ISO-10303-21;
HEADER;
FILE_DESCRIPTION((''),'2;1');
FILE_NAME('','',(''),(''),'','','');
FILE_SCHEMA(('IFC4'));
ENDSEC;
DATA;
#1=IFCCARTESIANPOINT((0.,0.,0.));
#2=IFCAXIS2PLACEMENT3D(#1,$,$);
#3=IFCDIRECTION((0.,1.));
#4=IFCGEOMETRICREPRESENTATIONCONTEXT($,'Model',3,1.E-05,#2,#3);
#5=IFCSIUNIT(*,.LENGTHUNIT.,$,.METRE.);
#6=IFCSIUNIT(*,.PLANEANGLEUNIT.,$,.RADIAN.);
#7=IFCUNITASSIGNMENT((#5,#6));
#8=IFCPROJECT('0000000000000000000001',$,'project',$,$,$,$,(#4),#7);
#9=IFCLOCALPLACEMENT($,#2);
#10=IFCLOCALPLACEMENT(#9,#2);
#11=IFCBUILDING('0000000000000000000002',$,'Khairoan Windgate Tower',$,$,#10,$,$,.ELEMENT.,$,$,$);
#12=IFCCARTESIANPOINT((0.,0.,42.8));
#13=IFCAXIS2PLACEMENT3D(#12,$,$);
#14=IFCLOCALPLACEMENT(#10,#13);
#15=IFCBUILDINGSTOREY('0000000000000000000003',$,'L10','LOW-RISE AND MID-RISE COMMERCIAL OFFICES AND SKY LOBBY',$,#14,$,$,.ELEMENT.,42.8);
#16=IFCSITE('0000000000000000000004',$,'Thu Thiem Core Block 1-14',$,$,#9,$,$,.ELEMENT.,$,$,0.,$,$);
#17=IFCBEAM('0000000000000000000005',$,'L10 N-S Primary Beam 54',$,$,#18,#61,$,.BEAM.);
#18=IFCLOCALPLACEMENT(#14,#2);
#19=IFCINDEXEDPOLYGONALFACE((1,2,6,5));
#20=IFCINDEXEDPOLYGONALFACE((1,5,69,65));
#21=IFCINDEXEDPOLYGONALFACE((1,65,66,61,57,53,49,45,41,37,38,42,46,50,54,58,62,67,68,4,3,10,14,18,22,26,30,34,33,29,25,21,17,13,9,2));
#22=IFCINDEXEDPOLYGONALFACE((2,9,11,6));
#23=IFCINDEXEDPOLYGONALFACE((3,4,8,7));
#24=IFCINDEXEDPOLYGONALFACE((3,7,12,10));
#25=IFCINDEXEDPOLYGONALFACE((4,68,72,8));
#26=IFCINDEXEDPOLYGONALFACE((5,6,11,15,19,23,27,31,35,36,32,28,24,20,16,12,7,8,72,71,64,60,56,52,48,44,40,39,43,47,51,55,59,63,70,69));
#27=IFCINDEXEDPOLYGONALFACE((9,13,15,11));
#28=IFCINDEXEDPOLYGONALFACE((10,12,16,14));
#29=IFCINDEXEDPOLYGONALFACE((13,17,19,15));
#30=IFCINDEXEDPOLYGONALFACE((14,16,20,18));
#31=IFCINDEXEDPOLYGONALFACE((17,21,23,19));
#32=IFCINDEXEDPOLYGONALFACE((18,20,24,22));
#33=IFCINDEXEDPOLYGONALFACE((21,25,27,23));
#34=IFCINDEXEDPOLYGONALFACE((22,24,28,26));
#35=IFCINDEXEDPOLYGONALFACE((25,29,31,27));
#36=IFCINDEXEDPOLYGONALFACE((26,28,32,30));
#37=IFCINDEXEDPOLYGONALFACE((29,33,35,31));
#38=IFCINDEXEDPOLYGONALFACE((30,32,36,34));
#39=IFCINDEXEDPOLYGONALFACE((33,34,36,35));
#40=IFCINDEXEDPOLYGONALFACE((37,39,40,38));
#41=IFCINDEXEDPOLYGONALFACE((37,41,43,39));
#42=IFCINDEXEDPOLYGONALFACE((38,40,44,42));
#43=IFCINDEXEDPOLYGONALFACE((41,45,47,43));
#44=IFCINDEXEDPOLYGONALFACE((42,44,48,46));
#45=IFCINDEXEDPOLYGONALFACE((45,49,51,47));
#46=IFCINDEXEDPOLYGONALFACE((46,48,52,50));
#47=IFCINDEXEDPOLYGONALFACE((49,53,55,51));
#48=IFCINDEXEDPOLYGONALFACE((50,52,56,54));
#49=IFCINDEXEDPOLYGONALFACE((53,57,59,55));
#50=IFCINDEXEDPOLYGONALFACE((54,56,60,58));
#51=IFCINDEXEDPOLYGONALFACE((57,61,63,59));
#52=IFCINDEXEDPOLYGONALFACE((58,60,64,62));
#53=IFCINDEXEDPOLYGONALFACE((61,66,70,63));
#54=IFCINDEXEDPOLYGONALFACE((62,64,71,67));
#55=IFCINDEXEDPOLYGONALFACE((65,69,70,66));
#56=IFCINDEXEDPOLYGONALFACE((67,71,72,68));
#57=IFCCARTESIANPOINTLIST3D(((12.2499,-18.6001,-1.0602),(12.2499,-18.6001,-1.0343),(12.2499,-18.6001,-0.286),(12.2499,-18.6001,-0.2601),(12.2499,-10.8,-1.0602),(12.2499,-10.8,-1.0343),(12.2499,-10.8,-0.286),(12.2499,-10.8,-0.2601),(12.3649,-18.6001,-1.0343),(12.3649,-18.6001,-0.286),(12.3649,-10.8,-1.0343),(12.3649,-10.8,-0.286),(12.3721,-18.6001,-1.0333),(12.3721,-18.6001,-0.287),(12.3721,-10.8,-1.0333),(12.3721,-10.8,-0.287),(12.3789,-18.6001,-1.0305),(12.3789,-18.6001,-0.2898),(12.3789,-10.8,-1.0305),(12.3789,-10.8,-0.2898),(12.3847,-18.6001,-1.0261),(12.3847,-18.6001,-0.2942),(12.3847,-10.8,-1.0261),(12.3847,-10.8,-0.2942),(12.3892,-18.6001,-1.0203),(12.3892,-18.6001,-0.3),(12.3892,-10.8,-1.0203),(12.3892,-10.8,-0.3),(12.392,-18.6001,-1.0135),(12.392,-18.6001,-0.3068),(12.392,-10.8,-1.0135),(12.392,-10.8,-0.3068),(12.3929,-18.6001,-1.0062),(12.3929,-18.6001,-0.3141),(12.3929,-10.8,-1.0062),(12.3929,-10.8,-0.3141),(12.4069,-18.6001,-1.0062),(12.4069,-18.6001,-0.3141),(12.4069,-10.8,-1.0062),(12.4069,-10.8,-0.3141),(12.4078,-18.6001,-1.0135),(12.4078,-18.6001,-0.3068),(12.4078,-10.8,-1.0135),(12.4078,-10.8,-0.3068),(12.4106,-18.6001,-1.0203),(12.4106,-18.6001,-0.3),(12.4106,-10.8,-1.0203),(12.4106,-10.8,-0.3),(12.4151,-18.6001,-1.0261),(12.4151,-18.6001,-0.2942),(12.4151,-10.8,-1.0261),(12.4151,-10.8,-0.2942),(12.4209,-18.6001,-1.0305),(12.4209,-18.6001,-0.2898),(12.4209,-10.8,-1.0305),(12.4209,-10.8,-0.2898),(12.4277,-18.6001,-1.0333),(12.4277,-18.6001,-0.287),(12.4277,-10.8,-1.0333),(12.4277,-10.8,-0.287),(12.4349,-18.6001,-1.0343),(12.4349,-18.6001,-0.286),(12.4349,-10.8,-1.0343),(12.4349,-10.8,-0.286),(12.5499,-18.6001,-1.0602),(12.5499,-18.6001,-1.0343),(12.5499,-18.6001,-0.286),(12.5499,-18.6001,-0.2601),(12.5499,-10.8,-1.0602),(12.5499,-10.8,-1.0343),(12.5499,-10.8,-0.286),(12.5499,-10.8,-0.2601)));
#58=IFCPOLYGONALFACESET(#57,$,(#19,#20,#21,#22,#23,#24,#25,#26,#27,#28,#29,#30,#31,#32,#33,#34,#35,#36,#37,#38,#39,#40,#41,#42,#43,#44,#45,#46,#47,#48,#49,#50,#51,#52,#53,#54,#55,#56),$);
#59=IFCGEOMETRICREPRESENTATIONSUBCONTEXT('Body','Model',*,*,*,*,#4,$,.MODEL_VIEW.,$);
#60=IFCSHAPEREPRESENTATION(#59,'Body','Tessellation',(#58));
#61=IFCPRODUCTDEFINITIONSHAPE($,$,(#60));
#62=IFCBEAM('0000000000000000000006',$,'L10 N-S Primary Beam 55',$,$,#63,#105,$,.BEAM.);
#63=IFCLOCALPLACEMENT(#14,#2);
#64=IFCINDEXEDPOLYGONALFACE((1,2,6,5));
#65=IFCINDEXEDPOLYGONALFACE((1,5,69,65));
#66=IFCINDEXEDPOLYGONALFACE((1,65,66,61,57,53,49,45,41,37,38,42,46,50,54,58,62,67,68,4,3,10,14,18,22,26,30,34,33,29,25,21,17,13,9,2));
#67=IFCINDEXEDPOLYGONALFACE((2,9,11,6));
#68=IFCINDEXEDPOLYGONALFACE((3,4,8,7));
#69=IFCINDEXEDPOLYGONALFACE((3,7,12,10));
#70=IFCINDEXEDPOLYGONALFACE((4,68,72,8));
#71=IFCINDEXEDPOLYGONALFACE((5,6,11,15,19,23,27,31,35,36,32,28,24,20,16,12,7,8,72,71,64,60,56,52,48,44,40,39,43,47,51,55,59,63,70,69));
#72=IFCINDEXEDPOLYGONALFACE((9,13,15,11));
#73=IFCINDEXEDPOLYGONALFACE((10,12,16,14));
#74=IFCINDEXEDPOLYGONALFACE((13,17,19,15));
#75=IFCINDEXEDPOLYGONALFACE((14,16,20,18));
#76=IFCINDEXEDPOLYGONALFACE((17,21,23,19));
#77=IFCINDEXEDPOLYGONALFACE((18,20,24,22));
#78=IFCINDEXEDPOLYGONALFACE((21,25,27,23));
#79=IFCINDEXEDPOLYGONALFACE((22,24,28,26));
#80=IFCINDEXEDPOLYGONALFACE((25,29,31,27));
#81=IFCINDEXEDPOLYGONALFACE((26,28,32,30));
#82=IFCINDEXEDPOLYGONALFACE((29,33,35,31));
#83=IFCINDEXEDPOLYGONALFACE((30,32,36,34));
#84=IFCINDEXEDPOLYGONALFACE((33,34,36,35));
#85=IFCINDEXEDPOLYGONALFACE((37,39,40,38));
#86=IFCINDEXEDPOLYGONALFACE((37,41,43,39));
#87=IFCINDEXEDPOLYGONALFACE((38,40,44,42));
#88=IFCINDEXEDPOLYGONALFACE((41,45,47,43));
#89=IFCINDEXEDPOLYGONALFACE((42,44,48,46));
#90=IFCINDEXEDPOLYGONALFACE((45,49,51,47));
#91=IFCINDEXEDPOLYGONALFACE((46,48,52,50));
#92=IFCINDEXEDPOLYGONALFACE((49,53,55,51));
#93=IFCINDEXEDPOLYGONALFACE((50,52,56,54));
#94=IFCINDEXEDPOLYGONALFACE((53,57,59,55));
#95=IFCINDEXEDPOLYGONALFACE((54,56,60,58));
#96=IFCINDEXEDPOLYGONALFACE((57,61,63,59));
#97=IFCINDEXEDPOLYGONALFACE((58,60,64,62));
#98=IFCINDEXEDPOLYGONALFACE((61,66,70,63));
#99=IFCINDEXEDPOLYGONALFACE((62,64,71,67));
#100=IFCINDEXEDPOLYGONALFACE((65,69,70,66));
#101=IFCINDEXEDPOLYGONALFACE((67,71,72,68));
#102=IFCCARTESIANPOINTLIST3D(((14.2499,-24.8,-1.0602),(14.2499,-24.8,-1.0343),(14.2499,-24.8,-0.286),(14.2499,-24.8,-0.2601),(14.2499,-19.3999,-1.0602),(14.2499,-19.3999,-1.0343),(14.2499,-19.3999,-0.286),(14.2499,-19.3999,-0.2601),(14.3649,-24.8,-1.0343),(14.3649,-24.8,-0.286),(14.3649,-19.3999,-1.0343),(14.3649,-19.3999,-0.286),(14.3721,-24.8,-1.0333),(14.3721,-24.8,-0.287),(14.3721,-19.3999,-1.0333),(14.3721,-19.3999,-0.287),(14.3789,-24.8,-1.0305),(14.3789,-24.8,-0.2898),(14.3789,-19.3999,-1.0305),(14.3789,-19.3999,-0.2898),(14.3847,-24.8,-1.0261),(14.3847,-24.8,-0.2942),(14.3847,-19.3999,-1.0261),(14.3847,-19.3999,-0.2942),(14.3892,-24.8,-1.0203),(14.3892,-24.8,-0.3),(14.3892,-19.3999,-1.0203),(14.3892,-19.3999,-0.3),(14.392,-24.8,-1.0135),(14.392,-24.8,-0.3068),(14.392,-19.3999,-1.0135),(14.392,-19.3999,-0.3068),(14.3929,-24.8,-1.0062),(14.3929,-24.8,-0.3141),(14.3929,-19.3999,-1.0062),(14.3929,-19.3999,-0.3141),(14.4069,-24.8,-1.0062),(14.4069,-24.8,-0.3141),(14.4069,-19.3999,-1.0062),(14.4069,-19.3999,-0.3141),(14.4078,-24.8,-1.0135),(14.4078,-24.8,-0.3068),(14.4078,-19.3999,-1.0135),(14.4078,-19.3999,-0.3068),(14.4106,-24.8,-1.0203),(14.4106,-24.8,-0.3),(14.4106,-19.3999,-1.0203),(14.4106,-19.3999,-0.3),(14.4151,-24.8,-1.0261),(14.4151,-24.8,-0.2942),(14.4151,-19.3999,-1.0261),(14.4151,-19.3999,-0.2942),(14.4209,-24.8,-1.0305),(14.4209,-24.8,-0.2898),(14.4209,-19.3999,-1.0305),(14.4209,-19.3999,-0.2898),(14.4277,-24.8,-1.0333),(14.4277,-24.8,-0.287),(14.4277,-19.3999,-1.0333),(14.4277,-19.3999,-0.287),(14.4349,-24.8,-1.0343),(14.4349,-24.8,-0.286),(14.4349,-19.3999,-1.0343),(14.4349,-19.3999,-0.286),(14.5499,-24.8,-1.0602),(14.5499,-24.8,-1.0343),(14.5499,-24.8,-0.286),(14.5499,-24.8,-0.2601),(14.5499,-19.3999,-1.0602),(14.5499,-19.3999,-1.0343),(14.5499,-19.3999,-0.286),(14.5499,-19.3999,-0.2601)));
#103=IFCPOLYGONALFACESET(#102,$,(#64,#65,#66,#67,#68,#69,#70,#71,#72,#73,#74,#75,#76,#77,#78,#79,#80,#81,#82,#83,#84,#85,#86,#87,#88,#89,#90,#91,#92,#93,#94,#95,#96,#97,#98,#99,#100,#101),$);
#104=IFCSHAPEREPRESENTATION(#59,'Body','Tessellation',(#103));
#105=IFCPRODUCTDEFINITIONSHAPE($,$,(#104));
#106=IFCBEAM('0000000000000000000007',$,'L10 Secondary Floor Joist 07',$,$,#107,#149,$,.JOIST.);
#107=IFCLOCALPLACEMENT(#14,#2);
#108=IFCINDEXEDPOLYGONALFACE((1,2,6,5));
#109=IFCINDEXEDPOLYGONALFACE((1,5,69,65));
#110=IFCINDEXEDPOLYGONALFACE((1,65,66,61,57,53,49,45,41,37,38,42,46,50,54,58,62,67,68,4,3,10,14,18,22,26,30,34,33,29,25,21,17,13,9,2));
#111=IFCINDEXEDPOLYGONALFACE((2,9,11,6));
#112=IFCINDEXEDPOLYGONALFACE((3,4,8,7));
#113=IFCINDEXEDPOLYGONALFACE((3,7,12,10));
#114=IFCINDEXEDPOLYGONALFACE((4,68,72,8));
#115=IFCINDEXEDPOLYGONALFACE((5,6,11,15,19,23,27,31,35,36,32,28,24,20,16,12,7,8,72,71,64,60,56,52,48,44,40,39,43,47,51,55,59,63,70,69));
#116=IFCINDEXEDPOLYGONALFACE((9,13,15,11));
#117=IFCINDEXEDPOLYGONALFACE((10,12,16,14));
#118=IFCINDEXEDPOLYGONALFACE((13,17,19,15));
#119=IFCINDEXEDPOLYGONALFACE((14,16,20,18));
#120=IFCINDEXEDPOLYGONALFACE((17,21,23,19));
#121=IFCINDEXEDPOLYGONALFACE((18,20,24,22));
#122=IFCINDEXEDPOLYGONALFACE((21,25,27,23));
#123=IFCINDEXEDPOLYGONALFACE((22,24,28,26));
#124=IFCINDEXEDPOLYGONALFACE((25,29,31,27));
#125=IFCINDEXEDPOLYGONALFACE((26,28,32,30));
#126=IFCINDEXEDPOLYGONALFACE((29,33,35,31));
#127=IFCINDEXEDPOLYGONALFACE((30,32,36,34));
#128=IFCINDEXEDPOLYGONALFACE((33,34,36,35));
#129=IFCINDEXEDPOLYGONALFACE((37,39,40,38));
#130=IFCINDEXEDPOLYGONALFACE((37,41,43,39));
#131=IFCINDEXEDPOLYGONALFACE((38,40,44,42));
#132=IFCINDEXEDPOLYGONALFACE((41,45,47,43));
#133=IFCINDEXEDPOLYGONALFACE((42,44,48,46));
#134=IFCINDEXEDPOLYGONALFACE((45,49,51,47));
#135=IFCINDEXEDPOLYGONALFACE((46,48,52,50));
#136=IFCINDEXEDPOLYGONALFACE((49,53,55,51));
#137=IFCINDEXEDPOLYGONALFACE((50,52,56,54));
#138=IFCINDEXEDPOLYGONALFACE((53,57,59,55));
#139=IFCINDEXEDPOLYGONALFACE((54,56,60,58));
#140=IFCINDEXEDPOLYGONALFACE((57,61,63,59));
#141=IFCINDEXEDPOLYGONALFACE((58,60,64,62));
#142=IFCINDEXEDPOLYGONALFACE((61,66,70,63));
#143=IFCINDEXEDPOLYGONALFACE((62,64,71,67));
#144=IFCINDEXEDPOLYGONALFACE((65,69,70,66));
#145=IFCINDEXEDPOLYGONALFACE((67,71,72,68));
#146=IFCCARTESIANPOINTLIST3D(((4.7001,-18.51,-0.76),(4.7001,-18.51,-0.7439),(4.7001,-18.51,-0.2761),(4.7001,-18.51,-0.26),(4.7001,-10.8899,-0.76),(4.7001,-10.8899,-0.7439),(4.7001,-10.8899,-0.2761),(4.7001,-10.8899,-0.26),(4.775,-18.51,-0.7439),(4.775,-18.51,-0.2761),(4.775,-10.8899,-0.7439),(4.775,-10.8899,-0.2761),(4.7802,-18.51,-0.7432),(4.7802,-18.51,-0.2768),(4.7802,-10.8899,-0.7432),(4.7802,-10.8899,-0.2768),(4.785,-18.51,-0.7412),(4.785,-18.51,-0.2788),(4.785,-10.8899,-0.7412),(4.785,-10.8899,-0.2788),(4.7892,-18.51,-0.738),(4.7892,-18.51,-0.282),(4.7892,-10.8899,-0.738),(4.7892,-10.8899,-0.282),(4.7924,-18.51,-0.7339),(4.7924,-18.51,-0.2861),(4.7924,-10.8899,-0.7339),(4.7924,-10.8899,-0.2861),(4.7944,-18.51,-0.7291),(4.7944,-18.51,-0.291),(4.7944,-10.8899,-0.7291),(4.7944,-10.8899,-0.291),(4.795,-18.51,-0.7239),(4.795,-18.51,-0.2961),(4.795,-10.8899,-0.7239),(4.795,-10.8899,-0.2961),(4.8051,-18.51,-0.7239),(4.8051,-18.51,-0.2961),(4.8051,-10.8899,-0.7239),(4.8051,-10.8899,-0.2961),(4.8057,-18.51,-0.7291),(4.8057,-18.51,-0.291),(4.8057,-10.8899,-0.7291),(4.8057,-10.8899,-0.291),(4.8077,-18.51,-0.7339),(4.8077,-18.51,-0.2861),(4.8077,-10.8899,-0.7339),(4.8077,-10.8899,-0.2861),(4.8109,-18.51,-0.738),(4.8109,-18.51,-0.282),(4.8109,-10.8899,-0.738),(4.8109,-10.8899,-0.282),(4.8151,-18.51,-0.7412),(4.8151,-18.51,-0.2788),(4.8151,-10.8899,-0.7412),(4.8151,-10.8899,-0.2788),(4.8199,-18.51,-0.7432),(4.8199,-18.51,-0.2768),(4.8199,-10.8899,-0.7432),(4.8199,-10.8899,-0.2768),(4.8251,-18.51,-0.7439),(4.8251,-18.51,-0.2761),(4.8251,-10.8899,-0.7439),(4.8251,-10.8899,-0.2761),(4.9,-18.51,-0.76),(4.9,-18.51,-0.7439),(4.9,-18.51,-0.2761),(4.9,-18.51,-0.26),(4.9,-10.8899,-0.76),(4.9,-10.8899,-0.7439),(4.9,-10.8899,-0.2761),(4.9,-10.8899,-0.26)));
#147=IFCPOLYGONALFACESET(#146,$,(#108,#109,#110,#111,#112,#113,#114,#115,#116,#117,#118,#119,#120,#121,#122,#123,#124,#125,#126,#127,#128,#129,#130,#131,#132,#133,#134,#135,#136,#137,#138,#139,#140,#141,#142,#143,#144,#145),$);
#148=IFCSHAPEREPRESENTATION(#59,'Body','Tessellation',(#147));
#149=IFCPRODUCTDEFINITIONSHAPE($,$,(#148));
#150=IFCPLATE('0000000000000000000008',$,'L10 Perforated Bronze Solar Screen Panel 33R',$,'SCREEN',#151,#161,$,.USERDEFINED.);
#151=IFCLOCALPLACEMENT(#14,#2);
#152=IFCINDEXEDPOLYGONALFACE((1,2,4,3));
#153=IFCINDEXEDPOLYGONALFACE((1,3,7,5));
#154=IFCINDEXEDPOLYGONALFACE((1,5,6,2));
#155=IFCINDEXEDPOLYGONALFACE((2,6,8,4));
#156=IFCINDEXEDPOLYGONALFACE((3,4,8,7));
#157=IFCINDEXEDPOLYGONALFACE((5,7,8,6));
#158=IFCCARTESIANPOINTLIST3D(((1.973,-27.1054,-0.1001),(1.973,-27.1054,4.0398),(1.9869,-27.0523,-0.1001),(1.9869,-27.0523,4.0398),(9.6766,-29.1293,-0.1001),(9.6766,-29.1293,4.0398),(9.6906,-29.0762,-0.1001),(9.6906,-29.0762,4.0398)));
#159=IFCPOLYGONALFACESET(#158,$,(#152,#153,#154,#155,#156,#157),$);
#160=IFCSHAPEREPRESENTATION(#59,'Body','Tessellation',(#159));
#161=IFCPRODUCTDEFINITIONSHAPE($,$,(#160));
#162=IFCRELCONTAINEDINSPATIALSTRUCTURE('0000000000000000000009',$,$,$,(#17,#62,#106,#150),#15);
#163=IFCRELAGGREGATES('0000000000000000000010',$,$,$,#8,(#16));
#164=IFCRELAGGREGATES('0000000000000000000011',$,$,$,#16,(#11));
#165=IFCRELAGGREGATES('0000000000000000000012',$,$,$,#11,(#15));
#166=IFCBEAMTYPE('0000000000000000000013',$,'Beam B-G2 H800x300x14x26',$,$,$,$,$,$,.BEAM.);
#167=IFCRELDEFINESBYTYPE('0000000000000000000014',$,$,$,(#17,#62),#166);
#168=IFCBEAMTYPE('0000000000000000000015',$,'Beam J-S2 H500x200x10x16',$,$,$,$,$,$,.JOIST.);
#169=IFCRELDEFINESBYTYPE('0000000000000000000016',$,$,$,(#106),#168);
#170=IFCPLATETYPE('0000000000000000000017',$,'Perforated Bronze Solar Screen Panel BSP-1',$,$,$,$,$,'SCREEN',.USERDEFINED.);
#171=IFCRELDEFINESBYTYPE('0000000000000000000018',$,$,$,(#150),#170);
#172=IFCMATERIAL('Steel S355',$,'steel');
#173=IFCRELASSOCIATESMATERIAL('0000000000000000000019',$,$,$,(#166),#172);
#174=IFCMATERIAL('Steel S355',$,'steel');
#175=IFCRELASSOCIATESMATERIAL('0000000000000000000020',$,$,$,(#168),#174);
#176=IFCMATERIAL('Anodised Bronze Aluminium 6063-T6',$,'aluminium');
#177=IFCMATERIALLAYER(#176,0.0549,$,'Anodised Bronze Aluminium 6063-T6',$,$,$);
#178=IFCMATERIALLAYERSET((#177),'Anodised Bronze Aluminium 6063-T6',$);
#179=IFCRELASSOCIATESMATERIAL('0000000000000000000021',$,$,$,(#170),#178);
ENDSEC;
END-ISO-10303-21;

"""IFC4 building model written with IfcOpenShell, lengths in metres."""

from ifc_helpers import new_model, si_unit, direction, frame, origin, origin_2d, place, context, subcontext, project, spatial, rectangle, i_section, extrude, material, layer, layer_set, material_profile, profile_set, type_object, element, save


model = new_model("IFC4")

# Units and contexts
model_context = context("Model", 3, precision=1e-05, world=origin(), true_north=direction((0.0, 1.0)))
body_context = subcontext(model_context, "Body", "Model", "MODEL_VIEW")
ifc_project = project(units=[si_unit("LENGTHUNIT", "METRE"), si_unit("PLANEANGLEUNIT", "RADIAN")], contexts=[model_context])

# Site, building, storey
site_placement = place(None, origin())
site = spatial("IfcSite", under=ifc_project, at=site_placement, Name="Thu Thiem Core Block 1-14", CompositionType="ELEMENT", RefElevation=0.0)
building_placement = place(site_placement, origin())
building = spatial("IfcBuilding", under=site, at=building_placement, Name="Khairoan Windgate Tower", CompositionType="ELEMENT")
storey_placement = place(building_placement, frame((0.0, 0.0, 42.8)))
storey = spatial("IfcBuildingStorey", under=building, at=storey_placement, Name="L10", Description="LOW-RISE AND MID-RISE COMMERCIAL OFFICES AND SKY LOBBY", CompositionType="ELEMENT", Elevation=42.8)

# Beams
ifc_material_1 = material(Name="Steel S355", Category="steel")
ifc_material_profile_1 = material_profile(ifc_material_1, i_section(OverallWidth=0.3, OverallDepth=0.8, WebThickness=0.0139, FlangeThickness=0.0259, FilletRadius=0.0281, at=origin_2d()))
ifc_profile_set_1 = profile_set([ifc_material_profile_1], Name="Steel S355")
beam_type_1 = type_object("IfcBeamType", Name="Beam B-G2 H800x300x14x26", PredefinedType="BEAM", material=ifc_profile_set_1)
for number, where, z_axis, x_axis, name in (
    (1, (12.3999, -18.6001, -0.6602), (0.0, 1.0, 0.0), (-1.0, 0.0, 0.0), "L10 N-S Primary Beam 54"),
):
    element("IfcBeam", number, at=place(storey_placement, frame(where, z_axis=z_axis, x_axis=x_axis)), inside=storey, type_object=beam_type_1, Name=name, PredefinedType="BEAM", context=body_context, shape_type="SweptSolid", body=[
        extrude(i_section(OverallWidth=0.3, OverallDepth=0.8, WebThickness=0.0139, FlangeThickness=0.0259, FilletRadius=0.0281, at=origin_2d()), origin(), (0.0, 0.0, 1.0), 7.8),
    ])
beam_1_placement = place(storey_placement, frame((14.3999, -24.8, -0.6602), z_axis=(0.0, 1.0, 0.0), x_axis=(-1.0, 0.0, 0.0)))
element("IfcBeam", 2, at=beam_1_placement, inside=storey, type_object=beam_type_1, Name="L10 N-S Primary Beam 55", PredefinedType="BEAM", context=body_context, shape_type="SweptSolid", body=[
    extrude(i_section(OverallWidth=0.3, OverallDepth=0.8, WebThickness=0.0139, FlangeThickness=0.0259, FilletRadius=0.0281, at=origin_2d()), origin(), (0.0, 0.0, 1.0), 5.4001),
])
ifc_material_2 = material(Name="Steel S355", Category="steel")
ifc_material_profile_2 = material_profile(ifc_material_2, i_section(OverallWidth=0.2, OverallDepth=0.5, WebThickness=0.01, FlangeThickness=0.0161, FilletRadius=0.02, at=origin_2d()))
ifc_profile_set_2 = profile_set([ifc_material_profile_2], Name="Steel S355")
beam_type_2 = type_object("IfcBeamType", Name="Beam J-S2 H500x200x10x16", PredefinedType="JOIST", material=ifc_profile_set_2)
beam_2_placement = place(storey_placement, frame((4.8, -18.51, -0.51), z_axis=(0.0, 1.0, 0.0), x_axis=(-1.0, 0.0, 0.0)))
element("IfcBeam", 3, at=beam_2_placement, inside=storey, type_object=beam_type_2, Name="L10 Secondary Floor Joist 07", PredefinedType="JOIST", context=body_context, shape_type="SweptSolid", body=[
    extrude(i_section(OverallWidth=0.2, OverallDepth=0.5, WebThickness=0.01, FlangeThickness=0.0161, FilletRadius=0.02, at=origin_2d()), origin(), (0.0, 0.0, 1.0), 7.6201),
])

# Plate
ifc_material_3 = material(Name="Anodised Bronze Aluminium 6063-T6", Category="aluminium")
ifc_layer_1 = layer(ifc_material_3, 0.0549, Name="Anodised Bronze Aluminium 6063-T6")
ifc_layer_set_1 = layer_set([ifc_layer_1], Name="Anodised Bronze Aluminium 6063-T6")
plate_type = type_object("IfcPlateType", Name="Perforated Bronze Solar Screen Panel BSP-1", ElementType="SCREEN", PredefinedType="USERDEFINED", material=ifc_layer_set_1)
plate_placement = place(storey_placement, frame((5.8318, -28.0908, -0.1001), z_axis=(0.0, 0.0, 1.0), x_axis=(-0.967179, 0.254096, 0.0)))
element("IfcPlate", 4, at=plate_placement, inside=storey, type_object=plate_type, Name="L10 Perforated Bronze Solar Screen Panel 33R", ObjectType="SCREEN", PredefinedType="USERDEFINED", context=body_context, shape_type="SweptSolid", body=[
    extrude(rectangle(XDim=7.9651, YDim=0.0549, at=origin_2d()), origin(), (0.0, 0.0, 1.0), 4.1399),
])

save(model, "model.ifc")
